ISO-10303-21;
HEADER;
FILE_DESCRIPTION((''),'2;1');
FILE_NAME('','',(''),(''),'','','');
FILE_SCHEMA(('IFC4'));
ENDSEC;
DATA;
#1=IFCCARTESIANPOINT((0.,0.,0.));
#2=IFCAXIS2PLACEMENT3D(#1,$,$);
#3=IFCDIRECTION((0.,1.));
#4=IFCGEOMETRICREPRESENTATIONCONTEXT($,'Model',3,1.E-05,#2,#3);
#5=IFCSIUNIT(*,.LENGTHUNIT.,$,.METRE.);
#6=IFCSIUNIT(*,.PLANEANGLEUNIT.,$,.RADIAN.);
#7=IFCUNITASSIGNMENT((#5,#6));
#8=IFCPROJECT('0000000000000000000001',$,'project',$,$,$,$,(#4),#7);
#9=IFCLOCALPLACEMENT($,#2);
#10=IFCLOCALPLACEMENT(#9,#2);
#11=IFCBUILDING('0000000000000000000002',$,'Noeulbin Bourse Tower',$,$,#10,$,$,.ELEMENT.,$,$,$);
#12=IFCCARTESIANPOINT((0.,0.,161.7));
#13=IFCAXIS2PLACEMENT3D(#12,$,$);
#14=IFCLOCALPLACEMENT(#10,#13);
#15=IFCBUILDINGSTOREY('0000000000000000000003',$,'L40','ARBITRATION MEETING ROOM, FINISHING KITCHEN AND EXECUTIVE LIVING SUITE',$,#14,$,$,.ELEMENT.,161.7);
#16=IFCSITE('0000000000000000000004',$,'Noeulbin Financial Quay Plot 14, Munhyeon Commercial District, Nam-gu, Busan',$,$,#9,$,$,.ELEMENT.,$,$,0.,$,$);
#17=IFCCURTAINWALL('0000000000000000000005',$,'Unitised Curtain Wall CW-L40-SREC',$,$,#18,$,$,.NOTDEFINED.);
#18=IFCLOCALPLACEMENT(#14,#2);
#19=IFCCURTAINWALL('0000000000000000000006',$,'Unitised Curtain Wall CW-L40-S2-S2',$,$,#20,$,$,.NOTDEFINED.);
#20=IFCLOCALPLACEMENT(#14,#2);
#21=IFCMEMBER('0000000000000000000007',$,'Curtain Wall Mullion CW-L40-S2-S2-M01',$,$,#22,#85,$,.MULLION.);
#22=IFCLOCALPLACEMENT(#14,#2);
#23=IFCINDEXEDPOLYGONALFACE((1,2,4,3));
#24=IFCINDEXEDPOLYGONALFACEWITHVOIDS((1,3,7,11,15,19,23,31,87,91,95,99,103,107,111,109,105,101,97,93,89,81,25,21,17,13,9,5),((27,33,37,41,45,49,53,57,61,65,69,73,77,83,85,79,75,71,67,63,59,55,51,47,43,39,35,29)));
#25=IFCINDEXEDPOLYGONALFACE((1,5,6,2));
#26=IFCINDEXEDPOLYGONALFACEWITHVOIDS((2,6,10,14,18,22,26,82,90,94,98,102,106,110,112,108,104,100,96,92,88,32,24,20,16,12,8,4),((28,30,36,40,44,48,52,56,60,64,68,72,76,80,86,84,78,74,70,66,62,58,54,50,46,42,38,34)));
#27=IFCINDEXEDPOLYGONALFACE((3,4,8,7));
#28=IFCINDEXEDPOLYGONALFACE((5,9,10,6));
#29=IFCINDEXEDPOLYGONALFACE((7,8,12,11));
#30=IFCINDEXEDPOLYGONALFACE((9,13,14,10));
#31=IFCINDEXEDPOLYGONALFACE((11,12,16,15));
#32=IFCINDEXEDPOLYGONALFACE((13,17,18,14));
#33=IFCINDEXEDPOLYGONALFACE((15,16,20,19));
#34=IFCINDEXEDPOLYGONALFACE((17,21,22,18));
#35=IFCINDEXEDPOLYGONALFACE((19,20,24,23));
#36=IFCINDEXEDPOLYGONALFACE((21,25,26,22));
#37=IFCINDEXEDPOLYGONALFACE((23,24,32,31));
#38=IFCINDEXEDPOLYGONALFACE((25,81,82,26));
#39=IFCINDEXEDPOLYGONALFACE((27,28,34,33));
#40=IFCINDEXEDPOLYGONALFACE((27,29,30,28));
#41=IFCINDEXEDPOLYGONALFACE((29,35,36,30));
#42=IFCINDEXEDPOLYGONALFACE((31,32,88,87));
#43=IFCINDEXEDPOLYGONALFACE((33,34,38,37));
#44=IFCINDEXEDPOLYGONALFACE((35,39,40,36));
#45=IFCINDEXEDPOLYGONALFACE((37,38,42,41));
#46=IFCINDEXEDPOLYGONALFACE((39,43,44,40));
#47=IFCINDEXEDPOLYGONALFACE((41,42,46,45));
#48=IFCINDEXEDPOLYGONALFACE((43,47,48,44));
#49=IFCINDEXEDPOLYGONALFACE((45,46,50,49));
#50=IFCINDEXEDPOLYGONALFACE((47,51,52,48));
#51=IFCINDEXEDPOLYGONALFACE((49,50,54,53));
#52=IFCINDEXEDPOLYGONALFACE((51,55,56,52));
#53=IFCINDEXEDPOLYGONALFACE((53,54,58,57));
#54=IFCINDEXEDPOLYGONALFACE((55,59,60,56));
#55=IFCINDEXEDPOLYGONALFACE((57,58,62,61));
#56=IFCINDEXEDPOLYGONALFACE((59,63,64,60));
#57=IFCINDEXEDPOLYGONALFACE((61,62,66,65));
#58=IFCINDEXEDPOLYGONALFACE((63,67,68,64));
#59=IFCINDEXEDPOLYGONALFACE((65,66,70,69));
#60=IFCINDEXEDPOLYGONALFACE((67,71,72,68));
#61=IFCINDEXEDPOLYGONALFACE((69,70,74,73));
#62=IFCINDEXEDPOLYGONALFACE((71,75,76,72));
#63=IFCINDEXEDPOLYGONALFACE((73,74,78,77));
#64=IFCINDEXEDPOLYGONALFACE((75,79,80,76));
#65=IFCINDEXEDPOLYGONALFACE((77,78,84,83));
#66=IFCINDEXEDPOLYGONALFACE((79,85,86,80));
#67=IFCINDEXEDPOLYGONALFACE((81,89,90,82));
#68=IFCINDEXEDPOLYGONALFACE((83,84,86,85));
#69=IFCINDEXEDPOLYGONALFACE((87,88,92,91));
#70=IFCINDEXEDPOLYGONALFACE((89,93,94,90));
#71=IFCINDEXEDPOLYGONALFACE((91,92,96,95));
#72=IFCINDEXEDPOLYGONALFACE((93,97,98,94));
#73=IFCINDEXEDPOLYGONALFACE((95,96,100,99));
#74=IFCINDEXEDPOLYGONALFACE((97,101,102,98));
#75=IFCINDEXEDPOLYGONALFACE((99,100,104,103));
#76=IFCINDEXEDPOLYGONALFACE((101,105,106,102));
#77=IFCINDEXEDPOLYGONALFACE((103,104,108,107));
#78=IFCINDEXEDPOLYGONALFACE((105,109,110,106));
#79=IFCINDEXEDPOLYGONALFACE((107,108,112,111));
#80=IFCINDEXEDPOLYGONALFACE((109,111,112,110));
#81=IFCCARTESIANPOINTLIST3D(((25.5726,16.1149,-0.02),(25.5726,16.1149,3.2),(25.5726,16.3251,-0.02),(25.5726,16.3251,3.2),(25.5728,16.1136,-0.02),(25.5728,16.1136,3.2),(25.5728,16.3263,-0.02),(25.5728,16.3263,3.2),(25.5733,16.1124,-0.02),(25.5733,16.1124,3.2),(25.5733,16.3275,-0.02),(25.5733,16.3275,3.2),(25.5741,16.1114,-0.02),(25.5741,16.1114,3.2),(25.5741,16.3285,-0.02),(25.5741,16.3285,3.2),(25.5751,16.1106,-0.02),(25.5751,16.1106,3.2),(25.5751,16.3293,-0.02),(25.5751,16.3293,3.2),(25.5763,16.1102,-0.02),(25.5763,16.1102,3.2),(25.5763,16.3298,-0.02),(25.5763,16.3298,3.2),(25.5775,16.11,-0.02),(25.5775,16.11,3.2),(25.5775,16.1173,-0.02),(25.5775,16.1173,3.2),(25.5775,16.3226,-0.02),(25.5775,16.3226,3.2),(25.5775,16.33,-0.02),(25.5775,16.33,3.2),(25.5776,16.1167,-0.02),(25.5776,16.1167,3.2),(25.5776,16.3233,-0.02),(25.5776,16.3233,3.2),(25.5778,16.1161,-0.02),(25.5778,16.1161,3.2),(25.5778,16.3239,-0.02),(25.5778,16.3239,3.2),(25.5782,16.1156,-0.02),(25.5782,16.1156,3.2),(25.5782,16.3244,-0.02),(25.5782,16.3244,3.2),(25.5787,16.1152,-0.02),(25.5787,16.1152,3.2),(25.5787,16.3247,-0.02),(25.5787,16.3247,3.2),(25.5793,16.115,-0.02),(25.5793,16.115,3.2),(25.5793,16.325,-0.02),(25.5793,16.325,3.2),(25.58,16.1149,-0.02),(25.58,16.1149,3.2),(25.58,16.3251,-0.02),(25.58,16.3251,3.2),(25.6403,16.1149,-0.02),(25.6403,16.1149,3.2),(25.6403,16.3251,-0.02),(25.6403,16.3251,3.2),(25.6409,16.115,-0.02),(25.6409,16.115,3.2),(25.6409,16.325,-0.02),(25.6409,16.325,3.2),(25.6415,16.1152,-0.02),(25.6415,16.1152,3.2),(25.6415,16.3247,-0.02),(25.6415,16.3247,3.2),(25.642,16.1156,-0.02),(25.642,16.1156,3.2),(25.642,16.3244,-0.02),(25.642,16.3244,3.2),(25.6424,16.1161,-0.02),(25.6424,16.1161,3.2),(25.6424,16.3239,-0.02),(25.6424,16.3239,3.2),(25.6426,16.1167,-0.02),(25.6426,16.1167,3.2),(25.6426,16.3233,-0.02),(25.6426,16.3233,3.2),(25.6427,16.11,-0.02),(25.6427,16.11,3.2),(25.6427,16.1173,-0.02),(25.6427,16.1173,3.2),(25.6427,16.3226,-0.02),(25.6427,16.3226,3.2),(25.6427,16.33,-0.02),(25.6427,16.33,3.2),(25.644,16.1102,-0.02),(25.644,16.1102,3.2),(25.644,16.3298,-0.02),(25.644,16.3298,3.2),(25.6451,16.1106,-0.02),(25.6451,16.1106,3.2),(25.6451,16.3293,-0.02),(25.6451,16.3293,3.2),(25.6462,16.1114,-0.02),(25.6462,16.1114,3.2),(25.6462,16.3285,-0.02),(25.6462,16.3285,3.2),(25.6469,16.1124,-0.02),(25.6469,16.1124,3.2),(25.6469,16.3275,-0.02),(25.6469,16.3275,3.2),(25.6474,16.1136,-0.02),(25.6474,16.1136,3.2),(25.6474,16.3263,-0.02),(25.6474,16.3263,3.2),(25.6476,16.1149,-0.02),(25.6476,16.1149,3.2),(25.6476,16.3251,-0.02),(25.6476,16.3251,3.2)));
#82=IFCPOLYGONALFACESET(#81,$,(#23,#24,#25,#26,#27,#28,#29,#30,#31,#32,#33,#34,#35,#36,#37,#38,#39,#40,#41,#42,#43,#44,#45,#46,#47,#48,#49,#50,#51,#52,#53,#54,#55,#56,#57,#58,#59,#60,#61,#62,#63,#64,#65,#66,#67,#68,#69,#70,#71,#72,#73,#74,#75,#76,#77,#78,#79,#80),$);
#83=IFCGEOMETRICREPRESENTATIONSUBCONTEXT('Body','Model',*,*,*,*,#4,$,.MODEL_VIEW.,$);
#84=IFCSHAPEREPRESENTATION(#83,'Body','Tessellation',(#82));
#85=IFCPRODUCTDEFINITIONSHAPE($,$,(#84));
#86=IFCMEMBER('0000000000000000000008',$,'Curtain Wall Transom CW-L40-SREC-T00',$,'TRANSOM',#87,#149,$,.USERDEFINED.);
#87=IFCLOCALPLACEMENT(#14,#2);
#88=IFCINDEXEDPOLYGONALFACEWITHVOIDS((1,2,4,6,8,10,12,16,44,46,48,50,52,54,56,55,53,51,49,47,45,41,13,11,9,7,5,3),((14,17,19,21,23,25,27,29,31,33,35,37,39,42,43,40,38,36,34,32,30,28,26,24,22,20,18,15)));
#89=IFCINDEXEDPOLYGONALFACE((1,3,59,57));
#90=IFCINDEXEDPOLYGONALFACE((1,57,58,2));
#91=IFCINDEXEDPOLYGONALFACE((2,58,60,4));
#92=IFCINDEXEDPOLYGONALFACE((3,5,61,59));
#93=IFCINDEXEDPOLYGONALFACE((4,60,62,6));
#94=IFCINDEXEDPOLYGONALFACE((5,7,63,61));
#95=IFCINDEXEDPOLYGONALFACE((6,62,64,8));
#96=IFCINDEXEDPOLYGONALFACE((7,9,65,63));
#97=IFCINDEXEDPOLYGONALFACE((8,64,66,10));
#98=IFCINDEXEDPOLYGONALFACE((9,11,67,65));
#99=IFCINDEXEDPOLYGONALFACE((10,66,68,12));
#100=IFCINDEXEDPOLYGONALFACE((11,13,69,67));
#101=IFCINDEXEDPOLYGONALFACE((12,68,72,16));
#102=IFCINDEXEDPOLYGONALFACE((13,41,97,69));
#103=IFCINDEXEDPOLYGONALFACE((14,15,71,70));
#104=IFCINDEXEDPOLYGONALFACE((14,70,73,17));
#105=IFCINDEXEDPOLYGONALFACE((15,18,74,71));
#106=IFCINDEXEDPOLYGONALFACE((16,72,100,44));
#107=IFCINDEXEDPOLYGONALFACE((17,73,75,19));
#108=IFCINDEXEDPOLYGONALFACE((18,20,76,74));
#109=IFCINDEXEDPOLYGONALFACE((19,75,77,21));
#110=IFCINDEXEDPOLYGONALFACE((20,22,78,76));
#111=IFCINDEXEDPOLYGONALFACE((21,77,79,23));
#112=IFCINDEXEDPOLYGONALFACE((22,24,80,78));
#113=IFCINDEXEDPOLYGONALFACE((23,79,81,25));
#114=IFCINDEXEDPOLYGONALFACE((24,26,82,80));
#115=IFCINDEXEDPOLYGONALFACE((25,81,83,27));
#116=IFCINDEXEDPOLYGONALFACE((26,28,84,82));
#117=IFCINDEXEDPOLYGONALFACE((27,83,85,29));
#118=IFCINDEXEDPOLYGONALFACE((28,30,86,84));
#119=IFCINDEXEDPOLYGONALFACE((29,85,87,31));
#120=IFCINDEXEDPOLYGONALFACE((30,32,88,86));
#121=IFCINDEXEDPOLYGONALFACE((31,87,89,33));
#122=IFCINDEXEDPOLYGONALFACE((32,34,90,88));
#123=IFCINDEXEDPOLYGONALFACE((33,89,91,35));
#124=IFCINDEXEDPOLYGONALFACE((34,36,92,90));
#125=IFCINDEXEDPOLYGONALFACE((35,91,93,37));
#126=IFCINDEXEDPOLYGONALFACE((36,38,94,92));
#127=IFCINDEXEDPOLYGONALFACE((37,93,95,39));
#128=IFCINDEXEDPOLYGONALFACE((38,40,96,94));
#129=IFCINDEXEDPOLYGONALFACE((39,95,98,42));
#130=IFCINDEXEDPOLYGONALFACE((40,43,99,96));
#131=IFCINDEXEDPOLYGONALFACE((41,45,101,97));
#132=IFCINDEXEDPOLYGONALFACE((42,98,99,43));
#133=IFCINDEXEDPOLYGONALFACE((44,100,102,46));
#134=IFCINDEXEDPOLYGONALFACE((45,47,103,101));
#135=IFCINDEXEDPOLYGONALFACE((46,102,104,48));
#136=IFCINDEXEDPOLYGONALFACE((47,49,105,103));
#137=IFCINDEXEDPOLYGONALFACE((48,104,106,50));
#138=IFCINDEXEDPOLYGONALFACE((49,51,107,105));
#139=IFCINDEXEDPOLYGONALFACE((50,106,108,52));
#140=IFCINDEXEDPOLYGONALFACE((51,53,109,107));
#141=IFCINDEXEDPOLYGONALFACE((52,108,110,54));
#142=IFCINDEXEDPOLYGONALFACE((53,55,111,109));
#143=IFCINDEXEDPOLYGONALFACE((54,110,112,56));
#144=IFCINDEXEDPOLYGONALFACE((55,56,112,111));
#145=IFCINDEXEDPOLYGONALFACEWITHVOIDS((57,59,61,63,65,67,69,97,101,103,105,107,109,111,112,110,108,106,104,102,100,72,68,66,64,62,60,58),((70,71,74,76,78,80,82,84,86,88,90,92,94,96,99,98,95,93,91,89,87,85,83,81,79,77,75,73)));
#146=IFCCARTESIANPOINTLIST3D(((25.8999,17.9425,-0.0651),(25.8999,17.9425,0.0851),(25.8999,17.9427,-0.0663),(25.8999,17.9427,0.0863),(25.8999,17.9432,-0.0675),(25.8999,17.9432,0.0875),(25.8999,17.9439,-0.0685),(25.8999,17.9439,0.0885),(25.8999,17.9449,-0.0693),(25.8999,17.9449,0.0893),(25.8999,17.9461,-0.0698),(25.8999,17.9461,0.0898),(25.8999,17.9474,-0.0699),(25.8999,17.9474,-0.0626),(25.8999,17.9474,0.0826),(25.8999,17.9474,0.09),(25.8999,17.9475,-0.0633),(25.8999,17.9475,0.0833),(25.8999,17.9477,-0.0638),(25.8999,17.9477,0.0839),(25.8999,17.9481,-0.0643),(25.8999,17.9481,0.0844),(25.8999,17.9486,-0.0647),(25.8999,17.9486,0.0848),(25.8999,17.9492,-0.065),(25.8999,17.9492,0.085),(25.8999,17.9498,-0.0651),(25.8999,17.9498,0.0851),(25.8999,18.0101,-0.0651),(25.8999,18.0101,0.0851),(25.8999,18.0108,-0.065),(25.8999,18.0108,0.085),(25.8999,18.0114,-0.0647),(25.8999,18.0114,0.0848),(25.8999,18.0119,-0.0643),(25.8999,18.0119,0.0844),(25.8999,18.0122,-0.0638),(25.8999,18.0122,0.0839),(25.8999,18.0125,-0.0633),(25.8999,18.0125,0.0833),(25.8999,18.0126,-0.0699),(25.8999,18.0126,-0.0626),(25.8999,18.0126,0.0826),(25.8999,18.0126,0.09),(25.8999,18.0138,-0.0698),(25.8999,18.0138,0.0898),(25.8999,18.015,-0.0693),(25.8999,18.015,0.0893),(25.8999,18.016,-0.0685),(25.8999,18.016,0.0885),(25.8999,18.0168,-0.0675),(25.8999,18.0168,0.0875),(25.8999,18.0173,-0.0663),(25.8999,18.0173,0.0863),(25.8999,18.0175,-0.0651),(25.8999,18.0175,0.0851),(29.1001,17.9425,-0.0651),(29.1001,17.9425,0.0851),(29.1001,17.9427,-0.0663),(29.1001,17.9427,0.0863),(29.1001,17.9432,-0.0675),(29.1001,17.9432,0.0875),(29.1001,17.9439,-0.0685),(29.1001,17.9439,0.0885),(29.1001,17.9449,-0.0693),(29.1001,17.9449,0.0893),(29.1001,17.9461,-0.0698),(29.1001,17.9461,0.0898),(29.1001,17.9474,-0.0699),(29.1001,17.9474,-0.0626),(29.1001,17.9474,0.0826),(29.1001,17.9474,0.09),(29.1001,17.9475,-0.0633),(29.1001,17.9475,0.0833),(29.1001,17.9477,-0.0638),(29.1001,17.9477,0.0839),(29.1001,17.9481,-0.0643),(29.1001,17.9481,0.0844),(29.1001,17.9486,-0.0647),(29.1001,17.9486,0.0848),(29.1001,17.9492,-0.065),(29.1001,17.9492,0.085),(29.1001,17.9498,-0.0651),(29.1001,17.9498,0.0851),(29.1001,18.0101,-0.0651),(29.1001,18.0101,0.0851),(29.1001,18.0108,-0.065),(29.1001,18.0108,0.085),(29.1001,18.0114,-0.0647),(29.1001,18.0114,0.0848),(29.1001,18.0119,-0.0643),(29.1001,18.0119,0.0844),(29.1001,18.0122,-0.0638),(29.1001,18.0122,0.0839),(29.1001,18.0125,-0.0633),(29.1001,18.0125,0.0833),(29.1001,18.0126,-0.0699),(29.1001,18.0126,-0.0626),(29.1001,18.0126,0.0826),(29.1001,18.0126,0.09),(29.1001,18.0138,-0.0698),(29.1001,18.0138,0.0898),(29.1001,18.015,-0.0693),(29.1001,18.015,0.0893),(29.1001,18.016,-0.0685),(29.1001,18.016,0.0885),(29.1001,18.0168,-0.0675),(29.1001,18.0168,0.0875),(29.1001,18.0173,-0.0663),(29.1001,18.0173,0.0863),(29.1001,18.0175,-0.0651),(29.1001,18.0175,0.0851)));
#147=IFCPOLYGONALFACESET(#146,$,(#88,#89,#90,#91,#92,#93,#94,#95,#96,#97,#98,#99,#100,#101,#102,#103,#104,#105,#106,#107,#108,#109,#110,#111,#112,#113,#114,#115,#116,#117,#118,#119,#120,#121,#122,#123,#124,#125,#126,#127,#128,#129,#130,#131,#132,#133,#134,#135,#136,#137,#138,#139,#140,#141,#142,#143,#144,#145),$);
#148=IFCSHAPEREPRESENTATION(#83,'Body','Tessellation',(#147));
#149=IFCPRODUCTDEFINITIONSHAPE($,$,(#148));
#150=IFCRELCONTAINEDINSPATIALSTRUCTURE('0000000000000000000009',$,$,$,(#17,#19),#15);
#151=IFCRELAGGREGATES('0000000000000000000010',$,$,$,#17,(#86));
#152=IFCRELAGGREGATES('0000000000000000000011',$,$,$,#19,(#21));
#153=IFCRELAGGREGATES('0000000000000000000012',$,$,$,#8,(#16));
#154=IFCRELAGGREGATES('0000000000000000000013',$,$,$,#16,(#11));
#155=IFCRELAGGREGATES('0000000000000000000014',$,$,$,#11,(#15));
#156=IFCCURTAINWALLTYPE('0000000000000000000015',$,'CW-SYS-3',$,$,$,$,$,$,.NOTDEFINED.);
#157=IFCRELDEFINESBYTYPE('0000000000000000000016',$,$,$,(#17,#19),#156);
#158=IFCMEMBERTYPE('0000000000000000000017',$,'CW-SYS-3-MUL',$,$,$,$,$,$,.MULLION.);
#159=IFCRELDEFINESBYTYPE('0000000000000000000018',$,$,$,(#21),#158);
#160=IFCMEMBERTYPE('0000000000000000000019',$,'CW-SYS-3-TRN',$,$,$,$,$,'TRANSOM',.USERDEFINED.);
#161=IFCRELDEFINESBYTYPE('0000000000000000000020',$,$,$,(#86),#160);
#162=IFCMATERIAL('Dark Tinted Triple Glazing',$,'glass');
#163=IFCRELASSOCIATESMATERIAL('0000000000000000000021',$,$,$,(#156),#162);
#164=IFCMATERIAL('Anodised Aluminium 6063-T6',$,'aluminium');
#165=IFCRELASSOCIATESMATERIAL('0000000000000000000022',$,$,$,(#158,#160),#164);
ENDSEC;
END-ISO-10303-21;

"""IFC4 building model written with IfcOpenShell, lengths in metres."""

from ifc_helpers import new_model, si_unit, direction, frame, origin, origin_2d, place, context, subcontext, project, spatial, hollow_rectangle, extrude, material, material_profile, profile_set, type_object, element, aggregate, save


model = new_model("IFC4")

# Units and contexts
model_context = context("Model", 3, precision=1e-05, world=origin(), true_north=direction((0.0, 1.0)))
body_context = subcontext(model_context, "Body", "Model", "MODEL_VIEW")
ifc_project = project(units=[si_unit("LENGTHUNIT", "METRE"), si_unit("PLANEANGLEUNIT", "RADIAN")], contexts=[model_context])

# Site, building, storey
site_placement = place(None, origin())
site = spatial("IfcSite", under=ifc_project, at=site_placement, Name="Noeulbin Financial Quay Plot 14, Munhyeon Commercial District, Nam-gu, Busan", CompositionType="ELEMENT", RefElevation=0.0)
building_placement = place(site_placement, origin())
building = spatial("IfcBuilding", under=site, at=building_placement, Name="Noeulbin Bourse Tower", CompositionType="ELEMENT")
storey_placement = place(building_placement, frame((0.0, 0.0, 161.7)))
storey = spatial("IfcBuildingStorey", under=building, at=storey_placement, Name="L40", Description="ARBITRATION MEETING ROOM, FINISHING KITCHEN AND EXECUTIVE LIVING SUITE", CompositionType="ELEMENT", Elevation=161.7)

# Curtain wall
ifc_material_1 = material(Name="Dark Tinted Triple Glazing", Category="glass")
curtain_wall_type = type_object("IfcCurtainWallType", Name="CW-SYS-3", PredefinedType="NOTDEFINED", material=ifc_material_1)
curtain_wall_1_placement = place(storey_placement, origin())
curtain_wall_1 = element("IfcCurtainWall", 1, at=curtain_wall_1_placement, inside=storey, type_object=curtain_wall_type, Name="Unitised Curtain Wall CW-L40-SREC", PredefinedType="NOTDEFINED")
ifc_material_2 = material(Name="Anodised Aluminium 6063-T6", Category="aluminium")
ifc_material_profile_1 = material_profile(ifc_material_2, hollow_rectangle(XDim=0.075, YDim=0.22, WallThickness=0.0049, InnerFilletRadius=0.0024, OuterFilletRadius=0.0049, at=origin_2d()), Name="ALU-MULL-75x220x5", Category="LoadBearing")
ifc_profile_set_1 = profile_set([ifc_material_profile_1], Name="Anodised Aluminium 6063-T6")
member_type_1 = type_object("IfcMemberType", Name="CW-SYS-3-MUL", PredefinedType="MULLION", material=ifc_profile_set_1)

# Curtain wall, member
curtain_wall_2_placement = place(storey_placement, origin())
curtain_wall_2 = element("IfcCurtainWall", 2, at=curtain_wall_2_placement, inside=storey, type_object=curtain_wall_type, Name="Unitised Curtain Wall CW-L40-S2-S2", PredefinedType="NOTDEFINED")
member_1_placement = place(storey_placement, frame((25.6101, 16.22, -0.02), z_axis=(0.0, 0.0, 1.0), x_axis=(1.0, 0.0, 0.0)))
member_1 = element("IfcMember", 3, at=member_1_placement, type_object=member_type_1, Name="Curtain Wall Mullion CW-L40-S2-S2-M01", PredefinedType="MULLION", context=body_context, shape_type="SweptSolid", body=[
    extrude(hollow_rectangle(XDim=0.075, YDim=0.22, WallThickness=0.0049, InnerFilletRadius=0.0024, OuterFilletRadius=0.0049, at=origin_2d()), origin(), (0.0, 0.0, 1.0), 3.22),
])

# Member
ifc_material_profile_2 = material_profile(ifc_material_2, hollow_rectangle(XDim=0.075, YDim=0.1599, WallThickness=0.0049, InnerFilletRadius=0.0024, OuterFilletRadius=0.0049, at=origin_2d()), Name="ALU-TRAN-75x160x5", Category="LoadBearing")
ifc_profile_set_2 = profile_set([ifc_material_profile_2], Name="Anodised Aluminium 6063-T6")
member_type_2 = type_object("IfcMemberType", Name="CW-SYS-3-TRN", ElementType="TRANSOM", PredefinedType="USERDEFINED", material=ifc_profile_set_2)
member_2_placement = place(storey_placement, frame((25.8999, 17.98, 0.01), z_axis=(1.0, 0.0, 0.0), x_axis=(0.0, 1.0, 0.0)))
member_2 = element("IfcMember", 4, at=member_2_placement, type_object=member_type_2, Name="Curtain Wall Transom CW-L40-SREC-T00", ObjectType="TRANSOM", PredefinedType="USERDEFINED", context=body_context, shape_type="SweptSolid", body=[
    extrude(hollow_rectangle(XDim=0.075, YDim=0.1599, WallThickness=0.0049, InnerFilletRadius=0.0024, OuterFilletRadius=0.0049, at=origin_2d()), origin(), (0.0, 0.0, 1.0), 3.2002),
])

aggregate(curtain_wall_1, [member_2])
aggregate(curtain_wall_2, [member_1])

save(model, "model.ifc")
